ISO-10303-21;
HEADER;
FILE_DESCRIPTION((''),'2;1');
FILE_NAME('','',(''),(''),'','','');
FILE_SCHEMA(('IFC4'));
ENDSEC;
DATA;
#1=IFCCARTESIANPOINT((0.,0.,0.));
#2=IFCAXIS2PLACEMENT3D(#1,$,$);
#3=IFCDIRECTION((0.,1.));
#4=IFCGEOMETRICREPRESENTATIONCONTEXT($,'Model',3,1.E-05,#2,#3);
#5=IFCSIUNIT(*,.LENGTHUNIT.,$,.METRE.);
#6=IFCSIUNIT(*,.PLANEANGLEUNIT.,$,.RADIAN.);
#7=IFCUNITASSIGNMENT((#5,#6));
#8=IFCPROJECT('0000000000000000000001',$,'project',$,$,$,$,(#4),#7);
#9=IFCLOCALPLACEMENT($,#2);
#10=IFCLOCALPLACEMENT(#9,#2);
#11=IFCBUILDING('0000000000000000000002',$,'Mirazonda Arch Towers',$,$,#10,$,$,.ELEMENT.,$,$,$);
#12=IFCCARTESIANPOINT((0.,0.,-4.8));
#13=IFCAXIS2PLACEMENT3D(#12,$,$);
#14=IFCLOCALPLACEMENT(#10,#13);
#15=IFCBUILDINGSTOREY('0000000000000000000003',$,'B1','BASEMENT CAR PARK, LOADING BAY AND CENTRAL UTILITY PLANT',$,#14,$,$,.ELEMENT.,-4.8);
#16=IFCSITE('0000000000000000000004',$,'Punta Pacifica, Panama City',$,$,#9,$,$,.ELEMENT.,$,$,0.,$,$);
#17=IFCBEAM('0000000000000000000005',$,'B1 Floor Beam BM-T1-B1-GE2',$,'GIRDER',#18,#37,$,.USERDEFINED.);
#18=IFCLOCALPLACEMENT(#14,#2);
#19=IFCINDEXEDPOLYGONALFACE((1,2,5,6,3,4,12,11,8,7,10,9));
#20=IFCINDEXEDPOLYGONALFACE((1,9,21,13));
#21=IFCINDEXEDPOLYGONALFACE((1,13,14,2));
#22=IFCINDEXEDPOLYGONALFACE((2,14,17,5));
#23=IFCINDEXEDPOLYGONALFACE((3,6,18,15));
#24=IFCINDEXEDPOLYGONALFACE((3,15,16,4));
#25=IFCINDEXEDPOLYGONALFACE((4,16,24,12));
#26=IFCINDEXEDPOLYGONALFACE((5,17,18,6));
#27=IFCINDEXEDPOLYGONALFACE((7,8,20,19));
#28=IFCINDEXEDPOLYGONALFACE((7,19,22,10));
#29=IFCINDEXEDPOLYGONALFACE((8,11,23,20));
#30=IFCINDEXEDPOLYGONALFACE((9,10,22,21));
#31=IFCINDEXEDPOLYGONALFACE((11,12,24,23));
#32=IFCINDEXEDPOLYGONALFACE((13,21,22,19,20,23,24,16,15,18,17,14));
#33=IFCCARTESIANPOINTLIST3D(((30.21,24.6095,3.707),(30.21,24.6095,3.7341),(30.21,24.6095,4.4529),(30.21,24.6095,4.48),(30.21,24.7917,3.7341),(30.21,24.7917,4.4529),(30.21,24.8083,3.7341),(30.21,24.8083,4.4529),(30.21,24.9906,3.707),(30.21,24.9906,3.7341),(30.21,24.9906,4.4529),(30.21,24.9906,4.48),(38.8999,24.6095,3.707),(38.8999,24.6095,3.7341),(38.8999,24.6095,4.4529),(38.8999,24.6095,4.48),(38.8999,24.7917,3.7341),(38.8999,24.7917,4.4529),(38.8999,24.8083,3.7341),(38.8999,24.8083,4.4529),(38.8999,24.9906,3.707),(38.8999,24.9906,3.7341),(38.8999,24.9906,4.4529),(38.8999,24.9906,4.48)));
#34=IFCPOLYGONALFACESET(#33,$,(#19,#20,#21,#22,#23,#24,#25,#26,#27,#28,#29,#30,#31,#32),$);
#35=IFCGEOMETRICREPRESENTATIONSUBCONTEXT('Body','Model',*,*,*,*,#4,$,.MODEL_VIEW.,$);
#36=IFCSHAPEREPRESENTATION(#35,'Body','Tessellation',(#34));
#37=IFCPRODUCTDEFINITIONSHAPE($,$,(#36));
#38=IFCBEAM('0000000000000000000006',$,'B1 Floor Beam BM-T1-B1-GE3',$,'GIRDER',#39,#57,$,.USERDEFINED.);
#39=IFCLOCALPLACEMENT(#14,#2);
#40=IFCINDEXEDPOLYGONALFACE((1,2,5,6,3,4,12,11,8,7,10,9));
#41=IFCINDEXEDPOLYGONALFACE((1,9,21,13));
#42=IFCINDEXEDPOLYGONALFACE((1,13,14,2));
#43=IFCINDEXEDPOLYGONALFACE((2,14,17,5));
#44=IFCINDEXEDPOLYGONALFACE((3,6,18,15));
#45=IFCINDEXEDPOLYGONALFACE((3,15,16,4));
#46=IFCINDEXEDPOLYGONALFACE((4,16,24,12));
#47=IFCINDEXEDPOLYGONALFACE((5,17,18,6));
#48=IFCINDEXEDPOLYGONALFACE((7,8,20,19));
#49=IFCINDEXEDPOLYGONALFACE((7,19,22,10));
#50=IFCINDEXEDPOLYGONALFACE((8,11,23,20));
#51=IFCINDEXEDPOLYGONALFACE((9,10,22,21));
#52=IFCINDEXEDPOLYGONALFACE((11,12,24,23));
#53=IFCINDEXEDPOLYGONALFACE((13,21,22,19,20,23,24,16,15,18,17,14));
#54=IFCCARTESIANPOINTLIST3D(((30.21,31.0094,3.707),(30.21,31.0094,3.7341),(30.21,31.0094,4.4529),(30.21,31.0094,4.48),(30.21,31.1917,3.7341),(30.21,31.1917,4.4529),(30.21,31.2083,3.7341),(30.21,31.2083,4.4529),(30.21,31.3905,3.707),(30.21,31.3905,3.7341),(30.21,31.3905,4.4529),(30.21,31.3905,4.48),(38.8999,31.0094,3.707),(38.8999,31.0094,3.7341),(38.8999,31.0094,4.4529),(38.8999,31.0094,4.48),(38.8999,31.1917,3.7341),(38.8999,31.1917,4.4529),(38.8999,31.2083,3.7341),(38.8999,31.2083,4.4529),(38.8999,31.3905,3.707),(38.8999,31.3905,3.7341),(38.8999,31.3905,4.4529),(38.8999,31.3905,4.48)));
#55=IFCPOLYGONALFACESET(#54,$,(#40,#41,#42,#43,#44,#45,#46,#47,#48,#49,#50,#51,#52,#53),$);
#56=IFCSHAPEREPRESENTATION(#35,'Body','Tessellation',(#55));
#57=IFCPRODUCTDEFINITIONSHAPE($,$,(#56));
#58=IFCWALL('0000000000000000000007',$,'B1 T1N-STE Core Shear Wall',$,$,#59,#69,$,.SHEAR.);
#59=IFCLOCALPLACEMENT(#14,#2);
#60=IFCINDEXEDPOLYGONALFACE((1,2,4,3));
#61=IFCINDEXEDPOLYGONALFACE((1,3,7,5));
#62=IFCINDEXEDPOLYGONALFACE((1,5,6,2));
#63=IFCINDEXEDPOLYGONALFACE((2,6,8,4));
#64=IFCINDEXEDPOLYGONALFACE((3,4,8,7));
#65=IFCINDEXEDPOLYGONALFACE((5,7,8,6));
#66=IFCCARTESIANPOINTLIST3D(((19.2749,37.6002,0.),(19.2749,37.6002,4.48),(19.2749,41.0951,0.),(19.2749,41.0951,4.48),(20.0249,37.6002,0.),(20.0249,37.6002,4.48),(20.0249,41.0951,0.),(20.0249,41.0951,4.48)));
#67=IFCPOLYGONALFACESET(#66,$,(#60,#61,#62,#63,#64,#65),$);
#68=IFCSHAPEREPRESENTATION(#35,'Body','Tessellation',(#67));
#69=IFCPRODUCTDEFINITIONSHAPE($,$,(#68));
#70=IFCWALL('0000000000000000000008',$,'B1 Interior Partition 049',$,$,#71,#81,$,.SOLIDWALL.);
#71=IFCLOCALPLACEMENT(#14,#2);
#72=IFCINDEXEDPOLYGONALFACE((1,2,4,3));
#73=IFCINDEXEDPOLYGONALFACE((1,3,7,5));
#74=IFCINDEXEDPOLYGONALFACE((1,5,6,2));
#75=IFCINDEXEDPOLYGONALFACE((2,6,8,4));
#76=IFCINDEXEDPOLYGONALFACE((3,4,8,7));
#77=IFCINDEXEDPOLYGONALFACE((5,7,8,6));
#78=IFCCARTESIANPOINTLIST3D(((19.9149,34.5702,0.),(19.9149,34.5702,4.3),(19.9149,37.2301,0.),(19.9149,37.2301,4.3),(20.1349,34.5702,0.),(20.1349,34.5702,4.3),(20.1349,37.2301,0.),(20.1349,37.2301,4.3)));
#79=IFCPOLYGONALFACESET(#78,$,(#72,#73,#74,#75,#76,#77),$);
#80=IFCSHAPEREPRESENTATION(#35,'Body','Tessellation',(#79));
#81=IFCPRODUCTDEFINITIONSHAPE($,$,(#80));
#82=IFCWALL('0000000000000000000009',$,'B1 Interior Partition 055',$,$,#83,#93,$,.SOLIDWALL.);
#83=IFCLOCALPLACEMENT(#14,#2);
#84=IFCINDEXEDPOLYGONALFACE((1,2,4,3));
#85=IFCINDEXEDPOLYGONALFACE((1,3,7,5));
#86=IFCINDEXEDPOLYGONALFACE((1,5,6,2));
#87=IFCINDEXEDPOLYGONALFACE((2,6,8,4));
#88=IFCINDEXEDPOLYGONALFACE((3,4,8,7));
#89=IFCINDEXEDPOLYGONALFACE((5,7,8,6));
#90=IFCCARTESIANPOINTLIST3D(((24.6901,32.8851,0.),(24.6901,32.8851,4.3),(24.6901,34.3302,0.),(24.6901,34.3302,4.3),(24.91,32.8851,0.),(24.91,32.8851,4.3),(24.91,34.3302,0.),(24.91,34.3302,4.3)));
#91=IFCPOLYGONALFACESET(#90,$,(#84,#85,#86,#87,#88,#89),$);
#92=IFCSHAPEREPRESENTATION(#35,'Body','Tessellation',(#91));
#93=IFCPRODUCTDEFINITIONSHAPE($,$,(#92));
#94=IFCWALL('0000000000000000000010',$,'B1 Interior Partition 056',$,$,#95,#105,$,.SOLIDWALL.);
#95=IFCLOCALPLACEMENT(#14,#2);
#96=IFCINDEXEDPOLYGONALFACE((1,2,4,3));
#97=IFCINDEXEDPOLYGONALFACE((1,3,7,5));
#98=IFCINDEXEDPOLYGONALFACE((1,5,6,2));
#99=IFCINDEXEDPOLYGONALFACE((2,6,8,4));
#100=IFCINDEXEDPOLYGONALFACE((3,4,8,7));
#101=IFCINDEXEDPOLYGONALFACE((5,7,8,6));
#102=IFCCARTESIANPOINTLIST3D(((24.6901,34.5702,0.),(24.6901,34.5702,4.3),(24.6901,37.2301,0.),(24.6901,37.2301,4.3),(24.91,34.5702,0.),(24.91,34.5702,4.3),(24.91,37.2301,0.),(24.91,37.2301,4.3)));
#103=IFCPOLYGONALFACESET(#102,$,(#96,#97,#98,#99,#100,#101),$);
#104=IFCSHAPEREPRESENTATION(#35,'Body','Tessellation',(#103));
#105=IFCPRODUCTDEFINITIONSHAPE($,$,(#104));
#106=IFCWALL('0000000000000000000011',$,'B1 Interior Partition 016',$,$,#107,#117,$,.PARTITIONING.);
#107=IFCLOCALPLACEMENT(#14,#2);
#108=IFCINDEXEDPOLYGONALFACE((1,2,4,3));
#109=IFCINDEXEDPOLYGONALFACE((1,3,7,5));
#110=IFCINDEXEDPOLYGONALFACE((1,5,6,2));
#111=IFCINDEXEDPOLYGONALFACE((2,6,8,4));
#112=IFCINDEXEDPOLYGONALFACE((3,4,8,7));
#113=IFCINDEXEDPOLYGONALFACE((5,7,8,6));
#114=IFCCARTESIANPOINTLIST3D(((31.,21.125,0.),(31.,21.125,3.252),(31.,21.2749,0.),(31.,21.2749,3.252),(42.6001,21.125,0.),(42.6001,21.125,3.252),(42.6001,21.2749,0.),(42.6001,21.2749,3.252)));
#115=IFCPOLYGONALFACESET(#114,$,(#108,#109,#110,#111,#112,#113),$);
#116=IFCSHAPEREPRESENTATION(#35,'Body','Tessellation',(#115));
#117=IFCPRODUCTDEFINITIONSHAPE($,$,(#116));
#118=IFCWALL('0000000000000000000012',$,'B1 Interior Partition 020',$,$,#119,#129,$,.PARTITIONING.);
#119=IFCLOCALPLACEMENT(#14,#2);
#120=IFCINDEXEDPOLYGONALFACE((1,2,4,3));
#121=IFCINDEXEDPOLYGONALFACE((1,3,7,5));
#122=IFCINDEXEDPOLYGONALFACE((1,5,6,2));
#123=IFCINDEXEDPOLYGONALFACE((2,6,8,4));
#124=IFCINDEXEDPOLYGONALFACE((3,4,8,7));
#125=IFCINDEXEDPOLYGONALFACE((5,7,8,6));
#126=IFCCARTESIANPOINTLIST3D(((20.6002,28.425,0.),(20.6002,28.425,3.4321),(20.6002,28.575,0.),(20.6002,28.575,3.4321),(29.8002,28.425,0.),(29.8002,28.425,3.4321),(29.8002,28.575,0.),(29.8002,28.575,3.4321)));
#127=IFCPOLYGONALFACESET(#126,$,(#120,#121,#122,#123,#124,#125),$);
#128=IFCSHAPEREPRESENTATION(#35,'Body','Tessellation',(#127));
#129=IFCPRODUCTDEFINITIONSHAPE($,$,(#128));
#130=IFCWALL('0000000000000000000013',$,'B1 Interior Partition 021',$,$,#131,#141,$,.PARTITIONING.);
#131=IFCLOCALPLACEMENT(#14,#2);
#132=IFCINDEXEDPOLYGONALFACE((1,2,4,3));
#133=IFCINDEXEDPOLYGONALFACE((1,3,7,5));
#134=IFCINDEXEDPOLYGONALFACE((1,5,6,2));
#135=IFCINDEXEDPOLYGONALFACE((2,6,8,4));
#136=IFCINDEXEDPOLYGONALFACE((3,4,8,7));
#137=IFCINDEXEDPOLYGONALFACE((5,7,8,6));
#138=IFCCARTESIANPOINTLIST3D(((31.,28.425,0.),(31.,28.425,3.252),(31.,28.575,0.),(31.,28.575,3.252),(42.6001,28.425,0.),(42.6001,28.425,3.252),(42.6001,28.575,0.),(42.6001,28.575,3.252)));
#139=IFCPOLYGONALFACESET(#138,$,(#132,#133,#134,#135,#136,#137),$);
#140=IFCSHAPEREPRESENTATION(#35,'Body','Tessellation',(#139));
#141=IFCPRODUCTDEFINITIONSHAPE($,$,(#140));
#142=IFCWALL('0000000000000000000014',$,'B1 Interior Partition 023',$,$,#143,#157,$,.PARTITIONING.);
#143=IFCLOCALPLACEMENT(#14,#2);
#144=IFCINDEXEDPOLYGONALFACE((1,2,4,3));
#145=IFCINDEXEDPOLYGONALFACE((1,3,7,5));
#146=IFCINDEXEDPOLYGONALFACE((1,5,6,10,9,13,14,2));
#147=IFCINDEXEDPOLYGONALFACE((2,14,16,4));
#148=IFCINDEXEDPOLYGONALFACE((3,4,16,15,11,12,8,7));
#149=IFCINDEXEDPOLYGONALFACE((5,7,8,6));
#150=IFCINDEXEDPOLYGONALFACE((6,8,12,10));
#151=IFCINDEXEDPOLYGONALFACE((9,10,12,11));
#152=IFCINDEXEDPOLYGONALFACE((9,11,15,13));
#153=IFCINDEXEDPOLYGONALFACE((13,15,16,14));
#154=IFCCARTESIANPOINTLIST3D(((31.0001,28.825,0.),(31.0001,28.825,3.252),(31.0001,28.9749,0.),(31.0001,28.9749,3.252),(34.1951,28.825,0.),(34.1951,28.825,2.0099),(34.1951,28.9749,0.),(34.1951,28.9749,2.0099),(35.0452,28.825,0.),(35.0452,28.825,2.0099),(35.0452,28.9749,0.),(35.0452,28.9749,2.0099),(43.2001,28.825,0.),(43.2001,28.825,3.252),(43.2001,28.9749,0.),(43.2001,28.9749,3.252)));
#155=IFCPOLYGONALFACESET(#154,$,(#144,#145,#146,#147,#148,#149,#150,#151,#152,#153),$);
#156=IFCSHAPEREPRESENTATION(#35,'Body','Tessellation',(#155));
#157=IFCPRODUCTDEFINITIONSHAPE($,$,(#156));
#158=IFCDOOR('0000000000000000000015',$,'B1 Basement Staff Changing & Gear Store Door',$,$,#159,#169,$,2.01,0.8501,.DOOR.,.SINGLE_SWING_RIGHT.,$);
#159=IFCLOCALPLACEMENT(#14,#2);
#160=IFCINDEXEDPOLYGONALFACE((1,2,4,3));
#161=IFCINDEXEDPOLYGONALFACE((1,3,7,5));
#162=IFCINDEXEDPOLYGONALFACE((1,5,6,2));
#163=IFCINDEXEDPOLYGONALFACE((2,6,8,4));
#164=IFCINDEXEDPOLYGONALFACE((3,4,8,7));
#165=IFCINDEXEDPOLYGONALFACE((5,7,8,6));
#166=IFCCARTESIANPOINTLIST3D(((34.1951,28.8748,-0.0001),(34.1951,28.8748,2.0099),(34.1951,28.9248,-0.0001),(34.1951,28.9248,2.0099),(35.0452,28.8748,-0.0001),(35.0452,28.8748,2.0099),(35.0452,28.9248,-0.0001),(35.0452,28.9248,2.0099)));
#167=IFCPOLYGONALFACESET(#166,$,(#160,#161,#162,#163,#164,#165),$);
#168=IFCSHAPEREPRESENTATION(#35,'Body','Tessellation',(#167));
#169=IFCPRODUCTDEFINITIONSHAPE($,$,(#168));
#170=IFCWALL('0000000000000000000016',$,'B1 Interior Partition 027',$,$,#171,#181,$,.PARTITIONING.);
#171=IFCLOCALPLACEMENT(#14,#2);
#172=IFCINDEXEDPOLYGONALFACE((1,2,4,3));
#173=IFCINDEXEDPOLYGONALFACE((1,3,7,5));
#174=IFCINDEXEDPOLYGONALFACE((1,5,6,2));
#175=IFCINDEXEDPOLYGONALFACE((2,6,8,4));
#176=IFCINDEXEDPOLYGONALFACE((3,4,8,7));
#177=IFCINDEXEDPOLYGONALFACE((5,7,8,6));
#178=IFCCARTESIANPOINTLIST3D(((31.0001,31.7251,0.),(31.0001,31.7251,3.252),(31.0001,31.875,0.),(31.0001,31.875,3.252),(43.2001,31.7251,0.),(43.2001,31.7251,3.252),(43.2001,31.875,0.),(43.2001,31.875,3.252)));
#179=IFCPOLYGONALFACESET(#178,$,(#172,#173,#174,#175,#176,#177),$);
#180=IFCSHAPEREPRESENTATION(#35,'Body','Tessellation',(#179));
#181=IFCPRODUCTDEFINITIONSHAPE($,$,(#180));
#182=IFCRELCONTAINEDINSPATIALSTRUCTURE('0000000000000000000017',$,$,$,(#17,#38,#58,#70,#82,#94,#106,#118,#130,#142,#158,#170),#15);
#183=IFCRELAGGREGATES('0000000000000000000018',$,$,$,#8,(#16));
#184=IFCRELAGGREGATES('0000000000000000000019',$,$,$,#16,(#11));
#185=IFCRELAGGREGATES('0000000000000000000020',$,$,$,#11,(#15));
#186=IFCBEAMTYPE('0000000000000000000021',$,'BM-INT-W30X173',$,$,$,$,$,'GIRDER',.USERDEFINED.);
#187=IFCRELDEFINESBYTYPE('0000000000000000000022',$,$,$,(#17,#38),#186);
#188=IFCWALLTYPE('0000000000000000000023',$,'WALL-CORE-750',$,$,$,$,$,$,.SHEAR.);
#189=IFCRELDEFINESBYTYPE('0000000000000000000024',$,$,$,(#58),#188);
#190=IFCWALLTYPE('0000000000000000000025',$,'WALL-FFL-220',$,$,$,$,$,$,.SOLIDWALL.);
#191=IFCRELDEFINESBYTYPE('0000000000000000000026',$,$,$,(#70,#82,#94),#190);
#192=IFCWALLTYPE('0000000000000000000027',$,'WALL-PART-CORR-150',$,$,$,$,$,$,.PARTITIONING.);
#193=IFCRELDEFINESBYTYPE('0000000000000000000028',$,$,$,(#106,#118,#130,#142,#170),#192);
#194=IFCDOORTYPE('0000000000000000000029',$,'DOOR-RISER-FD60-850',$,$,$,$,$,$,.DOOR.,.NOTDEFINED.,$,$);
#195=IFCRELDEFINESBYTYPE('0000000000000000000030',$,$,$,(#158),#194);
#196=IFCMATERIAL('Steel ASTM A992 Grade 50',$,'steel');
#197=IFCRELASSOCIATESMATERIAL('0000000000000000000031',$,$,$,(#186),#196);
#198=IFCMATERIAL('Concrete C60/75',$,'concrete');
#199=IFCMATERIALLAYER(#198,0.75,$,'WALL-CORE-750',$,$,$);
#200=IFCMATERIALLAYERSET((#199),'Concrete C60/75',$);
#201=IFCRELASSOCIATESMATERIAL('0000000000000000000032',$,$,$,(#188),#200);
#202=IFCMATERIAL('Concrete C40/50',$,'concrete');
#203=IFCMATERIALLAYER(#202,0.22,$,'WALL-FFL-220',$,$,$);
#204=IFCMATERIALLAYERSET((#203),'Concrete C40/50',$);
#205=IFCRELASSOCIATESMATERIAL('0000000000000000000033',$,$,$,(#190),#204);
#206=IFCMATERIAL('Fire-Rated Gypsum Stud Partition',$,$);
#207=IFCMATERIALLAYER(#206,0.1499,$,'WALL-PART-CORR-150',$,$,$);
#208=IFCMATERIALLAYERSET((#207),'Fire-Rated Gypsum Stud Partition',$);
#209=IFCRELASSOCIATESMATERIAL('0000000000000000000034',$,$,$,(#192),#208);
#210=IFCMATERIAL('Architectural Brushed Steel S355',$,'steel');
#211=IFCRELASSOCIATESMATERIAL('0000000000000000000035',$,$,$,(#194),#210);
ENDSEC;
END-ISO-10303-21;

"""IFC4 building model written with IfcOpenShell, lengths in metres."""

from ifc_helpers import new_model, si_unit, direction, frame, frame_2d, origin, origin_2d, place, context, subcontext, project, spatial, rectangle, i_section, extrude, material, layer, layer_set, material_profile, profile_set, type_object, element, fill, save


model = new_model("IFC4")

# Units and contexts
model_context = context("Model", 3, precision=1e-05, world=origin(), true_north=direction((0.0, 1.0)))
body_context = subcontext(model_context, "Body", "Model", "MODEL_VIEW")
ifc_project = project(units=[si_unit("LENGTHUNIT", "METRE"), si_unit("PLANEANGLEUNIT", "RADIAN")], contexts=[model_context])

# Site, building, storey
site_placement = place(None, origin())
site = spatial("IfcSite", under=ifc_project, at=site_placement, Name="Punta Pacifica, Panama City", CompositionType="ELEMENT", RefElevation=0.0)
building_placement = place(site_placement, origin())
building = spatial("IfcBuilding", under=site, at=building_placement, Name="Mirazonda Arch Towers", CompositionType="ELEMENT")
storey_placement = place(building_placement, frame((0.0, 0.0, -4.8)))
storey = spatial("IfcBuildingStorey", under=building, at=storey_placement, Name="B1", Description="BASEMENT CAR PARK, LOADING BAY AND CENTRAL UTILITY PLANT", CompositionType="ELEMENT", Elevation=-4.8)

# Shared definitions
ifc_material_1 = material(Name="Concrete C60/75", Category="concrete")

# Beams
ifc_material_2 = material(Name="Steel ASTM A992 Grade 50", Category="steel")
ifc_material_profile_1 = material_profile(ifc_material_2, i_section(OverallWidth=0.3811, OverallDepth=0.7729, WebThickness=0.0166, FlangeThickness=0.0271, at=origin_2d()), Name="W30X173")
ifc_profile_set_1 = profile_set([ifc_material_profile_1], Name="Steel ASTM A992 Grade 50")
beam_type_1 = type_object("IfcBeamType", Name="BM-INT-W30X173", ElementType="GIRDER", PredefinedType="USERDEFINED", material=ifc_profile_set_1)
for number, where, z_axis, x_axis, name in (
    (1, (30.21, 24.8, 4.0935), (1.0, 0.0, 0.0), (0.0, 1.0, 0.0), "B1 Floor Beam BM-T1-B1-GE2"),
    (2, (30.21, 31.2, 4.0935), (1.0, 0.0, 0.0), (0.0, 1.0, 0.0), "B1 Floor Beam BM-T1-B1-GE3"),
):
    element("IfcBeam", number, at=place(storey_placement, frame(where, z_axis=z_axis, x_axis=x_axis)), inside=storey, type_object=beam_type_1, Name=name, ObjectType="GIRDER", PredefinedType="USERDEFINED", context=body_context, shape_type="SweptSolid", body=[
        extrude(i_section(OverallWidth=0.3811, OverallDepth=0.7729, WebThickness=0.0166, FlangeThickness=0.0271, at=origin_2d()), origin(), (0.0, 0.0, 1.0), 8.6899),
    ])

# Walls
ifc_layer_1 = layer(ifc_material_1, 0.75, Name="WALL-CORE-750")
ifc_layer_set_1 = layer_set([ifc_layer_1], Name="Concrete C60/75")
wall_type_1 = type_object("IfcWallType", Name="WALL-CORE-750", PredefinedType="SHEAR", material=ifc_layer_set_1)
wall_1_placement = place(storey_placement, frame((19.6499, 37.6001, 0.0), z_axis=(0.0, 0.0, 1.0), x_axis=(0.0, 1.0, 0.0)))
element("IfcWall", 3, at=wall_1_placement, inside=storey, type_object=wall_type_1, Name="B1 T1N-STE Core Shear Wall", PredefinedType="SHEAR", context=body_context, shape_type="SweptSolid", body=[
    extrude(rectangle(XDim=3.4949, YDim=0.75, at=frame_2d((1.7476, 0.0))), origin(), (0.0, 0.0, 1.0), 4.48),
])
ifc_material_3 = material(Name="Concrete C40/50", Category="concrete")
ifc_layer_2 = layer(ifc_material_3, 0.22, Name="WALL-FFL-220")
ifc_layer_set_2 = layer_set([ifc_layer_2], Name="Concrete C40/50")
wall_type_2 = type_object("IfcWallType", Name="WALL-FFL-220", PredefinedType="SOLIDWALL", material=ifc_layer_set_2)
wall_2_placement = place(storey_placement, frame((20.0249, 34.5701, 0.0), z_axis=(0.0, 0.0, 1.0), x_axis=(0.0, 1.0, 0.0)))
element("IfcWall", 4, at=wall_2_placement, inside=storey, type_object=wall_type_2, Name="B1 Interior Partition 049", PredefinedType="SOLIDWALL", context=body_context, shape_type="SweptSolid", body=[
    extrude(rectangle(XDim=2.6599, YDim=0.22, at=frame_2d((1.3301, 0.0))), origin(), (0.0, 0.0, 1.0), 4.3),
])
wall_3_placement = place(storey_placement, frame((24.8, 32.885, 0.0), z_axis=(0.0, 0.0, 1.0), x_axis=(0.0, 1.0, 0.0)))
element("IfcWall", 5, at=wall_3_placement, inside=storey, type_object=wall_type_2, Name="B1 Interior Partition 055", PredefinedType="SOLIDWALL", context=body_context, shape_type="SweptSolid", body=[
    extrude(rectangle(XDim=1.4451, YDim=0.22, at=frame_2d((0.7227, 0.0))), origin(), (0.0, 0.0, 1.0), 4.3),
])
wall_4_placement = place(storey_placement, frame((24.8, 34.5701, 0.0), z_axis=(0.0, 0.0, 1.0), x_axis=(0.0, 1.0, 0.0)))
element("IfcWall", 6, at=wall_4_placement, inside=storey, type_object=wall_type_2, Name="B1 Interior Partition 056", PredefinedType="SOLIDWALL", context=body_context, shape_type="SweptSolid", body=[
    extrude(rectangle(XDim=2.6599, YDim=0.22, at=frame_2d((1.3301, 0.0))), origin(), (0.0, 0.0, 1.0), 4.3),
])
ifc_material_4 = material(Name="Fire-Rated Gypsum Stud Partition")
ifc_layer_3 = layer(ifc_material_4, 0.1499, Name="WALL-PART-CORR-150")
ifc_layer_set_3 = layer_set([ifc_layer_3], Name="Fire-Rated Gypsum Stud Partition")
wall_type_3 = type_object("IfcWallType", Name="WALL-PART-CORR-150", PredefinedType="PARTITIONING", material=ifc_layer_set_3)
wall_5_placement = place(storey_placement, frame((31.0, 21.2, 0.0), z_axis=(0.0, 0.0, 1.0), x_axis=(1.0, 0.0, 0.0)))
element("IfcWall", 7, at=wall_5_placement, inside=storey, type_object=wall_type_3, Name="B1 Interior Partition 016", PredefinedType="PARTITIONING", context=body_context, shape_type="SweptSolid", body=[
    extrude(rectangle(XDim=11.6001, YDim=0.1499, at=frame_2d((5.8, 0.0))), origin(), (0.0, 0.0, 1.0), 3.252),
])
wall_6_placement = place(storey_placement, frame((20.6001, 28.5, 0.0), z_axis=(0.0, 0.0, 1.0), x_axis=(1.0, 0.0, 0.0)))
element("IfcWall", 8, at=wall_6_placement, inside=storey, type_object=wall_type_3, Name="B1 Interior Partition 020", PredefinedType="PARTITIONING", context=body_context, shape_type="SweptSolid", body=[
    extrude(rectangle(XDim=9.2, YDim=0.1499, at=frame_2d((4.6001, 0.0))), origin(), (0.0, 0.0, 1.0), 3.4321),
])
wall_7_placement = place(storey_placement, frame((31.0, 28.5, 0.0), z_axis=(0.0, 0.0, 1.0), x_axis=(1.0, 0.0, 0.0)))
element("IfcWall", 9, at=wall_7_placement, inside=storey, type_object=wall_type_3, Name="B1 Interior Partition 021", PredefinedType="PARTITIONING", context=body_context, shape_type="SweptSolid", body=[
    extrude(rectangle(XDim=11.6001, YDim=0.1499, at=frame_2d((5.8, 0.0))), origin(), (0.0, 0.0, 1.0), 3.252),
])

# Wall, opening, door
wall_8_placement = place(storey_placement, frame((31.0, 28.8999, 0.0), z_axis=(0.0, 0.0, 1.0), x_axis=(1.0, 0.0, 0.0)))
wall_8 = element("IfcWall", 10, at=wall_8_placement, inside=storey, type_object=wall_type_3, Name="B1 Interior Partition 023", PredefinedType="PARTITIONING", context=body_context, shape_type="SweptSolid", body=[
    extrude(rectangle(XDim=12.2, YDim=0.1499, at=frame_2d((6.1001, 0.0))), origin(), (0.0, 0.0, 1.0), 3.252),
])
opening_placement = place(wall_8_placement, frame((3.1951, 0.0, 0.0)))
opening = element("IfcOpeningElement", 11, at=opening_placement, cuts=wall_8, PredefinedType="OPENING", context=body_context, shape_type="SweptSolid", body=[
    extrude(rectangle(XDim=0.8501, YDim=2.01, at=frame_2d((0.425, 1.0049))), frame((0.0, 0.085, 0.0), z_axis=(0.0, -1.0, 0.0), x_axis=(1.0, 0.0, 0.0)), (0.0, 0.0, 1.0), 0.1699),
])
ifc_material_5 = material(Name="Architectural Brushed Steel S355", Category="steel")
door_type = type_object("IfcDoorType", Name="DOOR-RISER-FD60-850", OperationType="NOTDEFINED", PredefinedType="DOOR", material=ifc_material_5)
door_placement = place(opening_placement, origin())
door = element("IfcDoor", 12, at=door_placement, inside=storey, type_object=door_type, Name="B1 Basement Staff Changing & Gear Store Door", OperationType="SINGLE_SWING_RIGHT", OverallHeight=2.01, OverallWidth=0.8501, PredefinedType="DOOR", context=body_context, shape_type="SweptSolid", body=[
    extrude(rectangle(XDim=0.8501, YDim=2.01, at=frame_2d((0.425, 1.0049))), frame((0.0, 0.0249, 0.0), z_axis=(0.0, -1.0, 0.0), x_axis=(1.0, 0.0, 0.0)), (0.0, 0.0, 1.0), 0.05),
])
fill(opening, door)

# Wall
wall_9_placement = place(storey_placement, frame((31.0, 31.8, 0.0), z_axis=(0.0, 0.0, 1.0), x_axis=(1.0, 0.0, 0.0)))
element("IfcWall", 13, at=wall_9_placement, inside=storey, type_object=wall_type_3, Name="B1 Interior Partition 027", PredefinedType="PARTITIONING", context=body_context, shape_type="SweptSolid", body=[
    extrude(rectangle(XDim=12.2, YDim=0.1499, at=frame_2d((6.1001, 0.0))), origin(), (0.0, 0.0, 1.0), 3.252),
])

save(model, "model.ifc")
